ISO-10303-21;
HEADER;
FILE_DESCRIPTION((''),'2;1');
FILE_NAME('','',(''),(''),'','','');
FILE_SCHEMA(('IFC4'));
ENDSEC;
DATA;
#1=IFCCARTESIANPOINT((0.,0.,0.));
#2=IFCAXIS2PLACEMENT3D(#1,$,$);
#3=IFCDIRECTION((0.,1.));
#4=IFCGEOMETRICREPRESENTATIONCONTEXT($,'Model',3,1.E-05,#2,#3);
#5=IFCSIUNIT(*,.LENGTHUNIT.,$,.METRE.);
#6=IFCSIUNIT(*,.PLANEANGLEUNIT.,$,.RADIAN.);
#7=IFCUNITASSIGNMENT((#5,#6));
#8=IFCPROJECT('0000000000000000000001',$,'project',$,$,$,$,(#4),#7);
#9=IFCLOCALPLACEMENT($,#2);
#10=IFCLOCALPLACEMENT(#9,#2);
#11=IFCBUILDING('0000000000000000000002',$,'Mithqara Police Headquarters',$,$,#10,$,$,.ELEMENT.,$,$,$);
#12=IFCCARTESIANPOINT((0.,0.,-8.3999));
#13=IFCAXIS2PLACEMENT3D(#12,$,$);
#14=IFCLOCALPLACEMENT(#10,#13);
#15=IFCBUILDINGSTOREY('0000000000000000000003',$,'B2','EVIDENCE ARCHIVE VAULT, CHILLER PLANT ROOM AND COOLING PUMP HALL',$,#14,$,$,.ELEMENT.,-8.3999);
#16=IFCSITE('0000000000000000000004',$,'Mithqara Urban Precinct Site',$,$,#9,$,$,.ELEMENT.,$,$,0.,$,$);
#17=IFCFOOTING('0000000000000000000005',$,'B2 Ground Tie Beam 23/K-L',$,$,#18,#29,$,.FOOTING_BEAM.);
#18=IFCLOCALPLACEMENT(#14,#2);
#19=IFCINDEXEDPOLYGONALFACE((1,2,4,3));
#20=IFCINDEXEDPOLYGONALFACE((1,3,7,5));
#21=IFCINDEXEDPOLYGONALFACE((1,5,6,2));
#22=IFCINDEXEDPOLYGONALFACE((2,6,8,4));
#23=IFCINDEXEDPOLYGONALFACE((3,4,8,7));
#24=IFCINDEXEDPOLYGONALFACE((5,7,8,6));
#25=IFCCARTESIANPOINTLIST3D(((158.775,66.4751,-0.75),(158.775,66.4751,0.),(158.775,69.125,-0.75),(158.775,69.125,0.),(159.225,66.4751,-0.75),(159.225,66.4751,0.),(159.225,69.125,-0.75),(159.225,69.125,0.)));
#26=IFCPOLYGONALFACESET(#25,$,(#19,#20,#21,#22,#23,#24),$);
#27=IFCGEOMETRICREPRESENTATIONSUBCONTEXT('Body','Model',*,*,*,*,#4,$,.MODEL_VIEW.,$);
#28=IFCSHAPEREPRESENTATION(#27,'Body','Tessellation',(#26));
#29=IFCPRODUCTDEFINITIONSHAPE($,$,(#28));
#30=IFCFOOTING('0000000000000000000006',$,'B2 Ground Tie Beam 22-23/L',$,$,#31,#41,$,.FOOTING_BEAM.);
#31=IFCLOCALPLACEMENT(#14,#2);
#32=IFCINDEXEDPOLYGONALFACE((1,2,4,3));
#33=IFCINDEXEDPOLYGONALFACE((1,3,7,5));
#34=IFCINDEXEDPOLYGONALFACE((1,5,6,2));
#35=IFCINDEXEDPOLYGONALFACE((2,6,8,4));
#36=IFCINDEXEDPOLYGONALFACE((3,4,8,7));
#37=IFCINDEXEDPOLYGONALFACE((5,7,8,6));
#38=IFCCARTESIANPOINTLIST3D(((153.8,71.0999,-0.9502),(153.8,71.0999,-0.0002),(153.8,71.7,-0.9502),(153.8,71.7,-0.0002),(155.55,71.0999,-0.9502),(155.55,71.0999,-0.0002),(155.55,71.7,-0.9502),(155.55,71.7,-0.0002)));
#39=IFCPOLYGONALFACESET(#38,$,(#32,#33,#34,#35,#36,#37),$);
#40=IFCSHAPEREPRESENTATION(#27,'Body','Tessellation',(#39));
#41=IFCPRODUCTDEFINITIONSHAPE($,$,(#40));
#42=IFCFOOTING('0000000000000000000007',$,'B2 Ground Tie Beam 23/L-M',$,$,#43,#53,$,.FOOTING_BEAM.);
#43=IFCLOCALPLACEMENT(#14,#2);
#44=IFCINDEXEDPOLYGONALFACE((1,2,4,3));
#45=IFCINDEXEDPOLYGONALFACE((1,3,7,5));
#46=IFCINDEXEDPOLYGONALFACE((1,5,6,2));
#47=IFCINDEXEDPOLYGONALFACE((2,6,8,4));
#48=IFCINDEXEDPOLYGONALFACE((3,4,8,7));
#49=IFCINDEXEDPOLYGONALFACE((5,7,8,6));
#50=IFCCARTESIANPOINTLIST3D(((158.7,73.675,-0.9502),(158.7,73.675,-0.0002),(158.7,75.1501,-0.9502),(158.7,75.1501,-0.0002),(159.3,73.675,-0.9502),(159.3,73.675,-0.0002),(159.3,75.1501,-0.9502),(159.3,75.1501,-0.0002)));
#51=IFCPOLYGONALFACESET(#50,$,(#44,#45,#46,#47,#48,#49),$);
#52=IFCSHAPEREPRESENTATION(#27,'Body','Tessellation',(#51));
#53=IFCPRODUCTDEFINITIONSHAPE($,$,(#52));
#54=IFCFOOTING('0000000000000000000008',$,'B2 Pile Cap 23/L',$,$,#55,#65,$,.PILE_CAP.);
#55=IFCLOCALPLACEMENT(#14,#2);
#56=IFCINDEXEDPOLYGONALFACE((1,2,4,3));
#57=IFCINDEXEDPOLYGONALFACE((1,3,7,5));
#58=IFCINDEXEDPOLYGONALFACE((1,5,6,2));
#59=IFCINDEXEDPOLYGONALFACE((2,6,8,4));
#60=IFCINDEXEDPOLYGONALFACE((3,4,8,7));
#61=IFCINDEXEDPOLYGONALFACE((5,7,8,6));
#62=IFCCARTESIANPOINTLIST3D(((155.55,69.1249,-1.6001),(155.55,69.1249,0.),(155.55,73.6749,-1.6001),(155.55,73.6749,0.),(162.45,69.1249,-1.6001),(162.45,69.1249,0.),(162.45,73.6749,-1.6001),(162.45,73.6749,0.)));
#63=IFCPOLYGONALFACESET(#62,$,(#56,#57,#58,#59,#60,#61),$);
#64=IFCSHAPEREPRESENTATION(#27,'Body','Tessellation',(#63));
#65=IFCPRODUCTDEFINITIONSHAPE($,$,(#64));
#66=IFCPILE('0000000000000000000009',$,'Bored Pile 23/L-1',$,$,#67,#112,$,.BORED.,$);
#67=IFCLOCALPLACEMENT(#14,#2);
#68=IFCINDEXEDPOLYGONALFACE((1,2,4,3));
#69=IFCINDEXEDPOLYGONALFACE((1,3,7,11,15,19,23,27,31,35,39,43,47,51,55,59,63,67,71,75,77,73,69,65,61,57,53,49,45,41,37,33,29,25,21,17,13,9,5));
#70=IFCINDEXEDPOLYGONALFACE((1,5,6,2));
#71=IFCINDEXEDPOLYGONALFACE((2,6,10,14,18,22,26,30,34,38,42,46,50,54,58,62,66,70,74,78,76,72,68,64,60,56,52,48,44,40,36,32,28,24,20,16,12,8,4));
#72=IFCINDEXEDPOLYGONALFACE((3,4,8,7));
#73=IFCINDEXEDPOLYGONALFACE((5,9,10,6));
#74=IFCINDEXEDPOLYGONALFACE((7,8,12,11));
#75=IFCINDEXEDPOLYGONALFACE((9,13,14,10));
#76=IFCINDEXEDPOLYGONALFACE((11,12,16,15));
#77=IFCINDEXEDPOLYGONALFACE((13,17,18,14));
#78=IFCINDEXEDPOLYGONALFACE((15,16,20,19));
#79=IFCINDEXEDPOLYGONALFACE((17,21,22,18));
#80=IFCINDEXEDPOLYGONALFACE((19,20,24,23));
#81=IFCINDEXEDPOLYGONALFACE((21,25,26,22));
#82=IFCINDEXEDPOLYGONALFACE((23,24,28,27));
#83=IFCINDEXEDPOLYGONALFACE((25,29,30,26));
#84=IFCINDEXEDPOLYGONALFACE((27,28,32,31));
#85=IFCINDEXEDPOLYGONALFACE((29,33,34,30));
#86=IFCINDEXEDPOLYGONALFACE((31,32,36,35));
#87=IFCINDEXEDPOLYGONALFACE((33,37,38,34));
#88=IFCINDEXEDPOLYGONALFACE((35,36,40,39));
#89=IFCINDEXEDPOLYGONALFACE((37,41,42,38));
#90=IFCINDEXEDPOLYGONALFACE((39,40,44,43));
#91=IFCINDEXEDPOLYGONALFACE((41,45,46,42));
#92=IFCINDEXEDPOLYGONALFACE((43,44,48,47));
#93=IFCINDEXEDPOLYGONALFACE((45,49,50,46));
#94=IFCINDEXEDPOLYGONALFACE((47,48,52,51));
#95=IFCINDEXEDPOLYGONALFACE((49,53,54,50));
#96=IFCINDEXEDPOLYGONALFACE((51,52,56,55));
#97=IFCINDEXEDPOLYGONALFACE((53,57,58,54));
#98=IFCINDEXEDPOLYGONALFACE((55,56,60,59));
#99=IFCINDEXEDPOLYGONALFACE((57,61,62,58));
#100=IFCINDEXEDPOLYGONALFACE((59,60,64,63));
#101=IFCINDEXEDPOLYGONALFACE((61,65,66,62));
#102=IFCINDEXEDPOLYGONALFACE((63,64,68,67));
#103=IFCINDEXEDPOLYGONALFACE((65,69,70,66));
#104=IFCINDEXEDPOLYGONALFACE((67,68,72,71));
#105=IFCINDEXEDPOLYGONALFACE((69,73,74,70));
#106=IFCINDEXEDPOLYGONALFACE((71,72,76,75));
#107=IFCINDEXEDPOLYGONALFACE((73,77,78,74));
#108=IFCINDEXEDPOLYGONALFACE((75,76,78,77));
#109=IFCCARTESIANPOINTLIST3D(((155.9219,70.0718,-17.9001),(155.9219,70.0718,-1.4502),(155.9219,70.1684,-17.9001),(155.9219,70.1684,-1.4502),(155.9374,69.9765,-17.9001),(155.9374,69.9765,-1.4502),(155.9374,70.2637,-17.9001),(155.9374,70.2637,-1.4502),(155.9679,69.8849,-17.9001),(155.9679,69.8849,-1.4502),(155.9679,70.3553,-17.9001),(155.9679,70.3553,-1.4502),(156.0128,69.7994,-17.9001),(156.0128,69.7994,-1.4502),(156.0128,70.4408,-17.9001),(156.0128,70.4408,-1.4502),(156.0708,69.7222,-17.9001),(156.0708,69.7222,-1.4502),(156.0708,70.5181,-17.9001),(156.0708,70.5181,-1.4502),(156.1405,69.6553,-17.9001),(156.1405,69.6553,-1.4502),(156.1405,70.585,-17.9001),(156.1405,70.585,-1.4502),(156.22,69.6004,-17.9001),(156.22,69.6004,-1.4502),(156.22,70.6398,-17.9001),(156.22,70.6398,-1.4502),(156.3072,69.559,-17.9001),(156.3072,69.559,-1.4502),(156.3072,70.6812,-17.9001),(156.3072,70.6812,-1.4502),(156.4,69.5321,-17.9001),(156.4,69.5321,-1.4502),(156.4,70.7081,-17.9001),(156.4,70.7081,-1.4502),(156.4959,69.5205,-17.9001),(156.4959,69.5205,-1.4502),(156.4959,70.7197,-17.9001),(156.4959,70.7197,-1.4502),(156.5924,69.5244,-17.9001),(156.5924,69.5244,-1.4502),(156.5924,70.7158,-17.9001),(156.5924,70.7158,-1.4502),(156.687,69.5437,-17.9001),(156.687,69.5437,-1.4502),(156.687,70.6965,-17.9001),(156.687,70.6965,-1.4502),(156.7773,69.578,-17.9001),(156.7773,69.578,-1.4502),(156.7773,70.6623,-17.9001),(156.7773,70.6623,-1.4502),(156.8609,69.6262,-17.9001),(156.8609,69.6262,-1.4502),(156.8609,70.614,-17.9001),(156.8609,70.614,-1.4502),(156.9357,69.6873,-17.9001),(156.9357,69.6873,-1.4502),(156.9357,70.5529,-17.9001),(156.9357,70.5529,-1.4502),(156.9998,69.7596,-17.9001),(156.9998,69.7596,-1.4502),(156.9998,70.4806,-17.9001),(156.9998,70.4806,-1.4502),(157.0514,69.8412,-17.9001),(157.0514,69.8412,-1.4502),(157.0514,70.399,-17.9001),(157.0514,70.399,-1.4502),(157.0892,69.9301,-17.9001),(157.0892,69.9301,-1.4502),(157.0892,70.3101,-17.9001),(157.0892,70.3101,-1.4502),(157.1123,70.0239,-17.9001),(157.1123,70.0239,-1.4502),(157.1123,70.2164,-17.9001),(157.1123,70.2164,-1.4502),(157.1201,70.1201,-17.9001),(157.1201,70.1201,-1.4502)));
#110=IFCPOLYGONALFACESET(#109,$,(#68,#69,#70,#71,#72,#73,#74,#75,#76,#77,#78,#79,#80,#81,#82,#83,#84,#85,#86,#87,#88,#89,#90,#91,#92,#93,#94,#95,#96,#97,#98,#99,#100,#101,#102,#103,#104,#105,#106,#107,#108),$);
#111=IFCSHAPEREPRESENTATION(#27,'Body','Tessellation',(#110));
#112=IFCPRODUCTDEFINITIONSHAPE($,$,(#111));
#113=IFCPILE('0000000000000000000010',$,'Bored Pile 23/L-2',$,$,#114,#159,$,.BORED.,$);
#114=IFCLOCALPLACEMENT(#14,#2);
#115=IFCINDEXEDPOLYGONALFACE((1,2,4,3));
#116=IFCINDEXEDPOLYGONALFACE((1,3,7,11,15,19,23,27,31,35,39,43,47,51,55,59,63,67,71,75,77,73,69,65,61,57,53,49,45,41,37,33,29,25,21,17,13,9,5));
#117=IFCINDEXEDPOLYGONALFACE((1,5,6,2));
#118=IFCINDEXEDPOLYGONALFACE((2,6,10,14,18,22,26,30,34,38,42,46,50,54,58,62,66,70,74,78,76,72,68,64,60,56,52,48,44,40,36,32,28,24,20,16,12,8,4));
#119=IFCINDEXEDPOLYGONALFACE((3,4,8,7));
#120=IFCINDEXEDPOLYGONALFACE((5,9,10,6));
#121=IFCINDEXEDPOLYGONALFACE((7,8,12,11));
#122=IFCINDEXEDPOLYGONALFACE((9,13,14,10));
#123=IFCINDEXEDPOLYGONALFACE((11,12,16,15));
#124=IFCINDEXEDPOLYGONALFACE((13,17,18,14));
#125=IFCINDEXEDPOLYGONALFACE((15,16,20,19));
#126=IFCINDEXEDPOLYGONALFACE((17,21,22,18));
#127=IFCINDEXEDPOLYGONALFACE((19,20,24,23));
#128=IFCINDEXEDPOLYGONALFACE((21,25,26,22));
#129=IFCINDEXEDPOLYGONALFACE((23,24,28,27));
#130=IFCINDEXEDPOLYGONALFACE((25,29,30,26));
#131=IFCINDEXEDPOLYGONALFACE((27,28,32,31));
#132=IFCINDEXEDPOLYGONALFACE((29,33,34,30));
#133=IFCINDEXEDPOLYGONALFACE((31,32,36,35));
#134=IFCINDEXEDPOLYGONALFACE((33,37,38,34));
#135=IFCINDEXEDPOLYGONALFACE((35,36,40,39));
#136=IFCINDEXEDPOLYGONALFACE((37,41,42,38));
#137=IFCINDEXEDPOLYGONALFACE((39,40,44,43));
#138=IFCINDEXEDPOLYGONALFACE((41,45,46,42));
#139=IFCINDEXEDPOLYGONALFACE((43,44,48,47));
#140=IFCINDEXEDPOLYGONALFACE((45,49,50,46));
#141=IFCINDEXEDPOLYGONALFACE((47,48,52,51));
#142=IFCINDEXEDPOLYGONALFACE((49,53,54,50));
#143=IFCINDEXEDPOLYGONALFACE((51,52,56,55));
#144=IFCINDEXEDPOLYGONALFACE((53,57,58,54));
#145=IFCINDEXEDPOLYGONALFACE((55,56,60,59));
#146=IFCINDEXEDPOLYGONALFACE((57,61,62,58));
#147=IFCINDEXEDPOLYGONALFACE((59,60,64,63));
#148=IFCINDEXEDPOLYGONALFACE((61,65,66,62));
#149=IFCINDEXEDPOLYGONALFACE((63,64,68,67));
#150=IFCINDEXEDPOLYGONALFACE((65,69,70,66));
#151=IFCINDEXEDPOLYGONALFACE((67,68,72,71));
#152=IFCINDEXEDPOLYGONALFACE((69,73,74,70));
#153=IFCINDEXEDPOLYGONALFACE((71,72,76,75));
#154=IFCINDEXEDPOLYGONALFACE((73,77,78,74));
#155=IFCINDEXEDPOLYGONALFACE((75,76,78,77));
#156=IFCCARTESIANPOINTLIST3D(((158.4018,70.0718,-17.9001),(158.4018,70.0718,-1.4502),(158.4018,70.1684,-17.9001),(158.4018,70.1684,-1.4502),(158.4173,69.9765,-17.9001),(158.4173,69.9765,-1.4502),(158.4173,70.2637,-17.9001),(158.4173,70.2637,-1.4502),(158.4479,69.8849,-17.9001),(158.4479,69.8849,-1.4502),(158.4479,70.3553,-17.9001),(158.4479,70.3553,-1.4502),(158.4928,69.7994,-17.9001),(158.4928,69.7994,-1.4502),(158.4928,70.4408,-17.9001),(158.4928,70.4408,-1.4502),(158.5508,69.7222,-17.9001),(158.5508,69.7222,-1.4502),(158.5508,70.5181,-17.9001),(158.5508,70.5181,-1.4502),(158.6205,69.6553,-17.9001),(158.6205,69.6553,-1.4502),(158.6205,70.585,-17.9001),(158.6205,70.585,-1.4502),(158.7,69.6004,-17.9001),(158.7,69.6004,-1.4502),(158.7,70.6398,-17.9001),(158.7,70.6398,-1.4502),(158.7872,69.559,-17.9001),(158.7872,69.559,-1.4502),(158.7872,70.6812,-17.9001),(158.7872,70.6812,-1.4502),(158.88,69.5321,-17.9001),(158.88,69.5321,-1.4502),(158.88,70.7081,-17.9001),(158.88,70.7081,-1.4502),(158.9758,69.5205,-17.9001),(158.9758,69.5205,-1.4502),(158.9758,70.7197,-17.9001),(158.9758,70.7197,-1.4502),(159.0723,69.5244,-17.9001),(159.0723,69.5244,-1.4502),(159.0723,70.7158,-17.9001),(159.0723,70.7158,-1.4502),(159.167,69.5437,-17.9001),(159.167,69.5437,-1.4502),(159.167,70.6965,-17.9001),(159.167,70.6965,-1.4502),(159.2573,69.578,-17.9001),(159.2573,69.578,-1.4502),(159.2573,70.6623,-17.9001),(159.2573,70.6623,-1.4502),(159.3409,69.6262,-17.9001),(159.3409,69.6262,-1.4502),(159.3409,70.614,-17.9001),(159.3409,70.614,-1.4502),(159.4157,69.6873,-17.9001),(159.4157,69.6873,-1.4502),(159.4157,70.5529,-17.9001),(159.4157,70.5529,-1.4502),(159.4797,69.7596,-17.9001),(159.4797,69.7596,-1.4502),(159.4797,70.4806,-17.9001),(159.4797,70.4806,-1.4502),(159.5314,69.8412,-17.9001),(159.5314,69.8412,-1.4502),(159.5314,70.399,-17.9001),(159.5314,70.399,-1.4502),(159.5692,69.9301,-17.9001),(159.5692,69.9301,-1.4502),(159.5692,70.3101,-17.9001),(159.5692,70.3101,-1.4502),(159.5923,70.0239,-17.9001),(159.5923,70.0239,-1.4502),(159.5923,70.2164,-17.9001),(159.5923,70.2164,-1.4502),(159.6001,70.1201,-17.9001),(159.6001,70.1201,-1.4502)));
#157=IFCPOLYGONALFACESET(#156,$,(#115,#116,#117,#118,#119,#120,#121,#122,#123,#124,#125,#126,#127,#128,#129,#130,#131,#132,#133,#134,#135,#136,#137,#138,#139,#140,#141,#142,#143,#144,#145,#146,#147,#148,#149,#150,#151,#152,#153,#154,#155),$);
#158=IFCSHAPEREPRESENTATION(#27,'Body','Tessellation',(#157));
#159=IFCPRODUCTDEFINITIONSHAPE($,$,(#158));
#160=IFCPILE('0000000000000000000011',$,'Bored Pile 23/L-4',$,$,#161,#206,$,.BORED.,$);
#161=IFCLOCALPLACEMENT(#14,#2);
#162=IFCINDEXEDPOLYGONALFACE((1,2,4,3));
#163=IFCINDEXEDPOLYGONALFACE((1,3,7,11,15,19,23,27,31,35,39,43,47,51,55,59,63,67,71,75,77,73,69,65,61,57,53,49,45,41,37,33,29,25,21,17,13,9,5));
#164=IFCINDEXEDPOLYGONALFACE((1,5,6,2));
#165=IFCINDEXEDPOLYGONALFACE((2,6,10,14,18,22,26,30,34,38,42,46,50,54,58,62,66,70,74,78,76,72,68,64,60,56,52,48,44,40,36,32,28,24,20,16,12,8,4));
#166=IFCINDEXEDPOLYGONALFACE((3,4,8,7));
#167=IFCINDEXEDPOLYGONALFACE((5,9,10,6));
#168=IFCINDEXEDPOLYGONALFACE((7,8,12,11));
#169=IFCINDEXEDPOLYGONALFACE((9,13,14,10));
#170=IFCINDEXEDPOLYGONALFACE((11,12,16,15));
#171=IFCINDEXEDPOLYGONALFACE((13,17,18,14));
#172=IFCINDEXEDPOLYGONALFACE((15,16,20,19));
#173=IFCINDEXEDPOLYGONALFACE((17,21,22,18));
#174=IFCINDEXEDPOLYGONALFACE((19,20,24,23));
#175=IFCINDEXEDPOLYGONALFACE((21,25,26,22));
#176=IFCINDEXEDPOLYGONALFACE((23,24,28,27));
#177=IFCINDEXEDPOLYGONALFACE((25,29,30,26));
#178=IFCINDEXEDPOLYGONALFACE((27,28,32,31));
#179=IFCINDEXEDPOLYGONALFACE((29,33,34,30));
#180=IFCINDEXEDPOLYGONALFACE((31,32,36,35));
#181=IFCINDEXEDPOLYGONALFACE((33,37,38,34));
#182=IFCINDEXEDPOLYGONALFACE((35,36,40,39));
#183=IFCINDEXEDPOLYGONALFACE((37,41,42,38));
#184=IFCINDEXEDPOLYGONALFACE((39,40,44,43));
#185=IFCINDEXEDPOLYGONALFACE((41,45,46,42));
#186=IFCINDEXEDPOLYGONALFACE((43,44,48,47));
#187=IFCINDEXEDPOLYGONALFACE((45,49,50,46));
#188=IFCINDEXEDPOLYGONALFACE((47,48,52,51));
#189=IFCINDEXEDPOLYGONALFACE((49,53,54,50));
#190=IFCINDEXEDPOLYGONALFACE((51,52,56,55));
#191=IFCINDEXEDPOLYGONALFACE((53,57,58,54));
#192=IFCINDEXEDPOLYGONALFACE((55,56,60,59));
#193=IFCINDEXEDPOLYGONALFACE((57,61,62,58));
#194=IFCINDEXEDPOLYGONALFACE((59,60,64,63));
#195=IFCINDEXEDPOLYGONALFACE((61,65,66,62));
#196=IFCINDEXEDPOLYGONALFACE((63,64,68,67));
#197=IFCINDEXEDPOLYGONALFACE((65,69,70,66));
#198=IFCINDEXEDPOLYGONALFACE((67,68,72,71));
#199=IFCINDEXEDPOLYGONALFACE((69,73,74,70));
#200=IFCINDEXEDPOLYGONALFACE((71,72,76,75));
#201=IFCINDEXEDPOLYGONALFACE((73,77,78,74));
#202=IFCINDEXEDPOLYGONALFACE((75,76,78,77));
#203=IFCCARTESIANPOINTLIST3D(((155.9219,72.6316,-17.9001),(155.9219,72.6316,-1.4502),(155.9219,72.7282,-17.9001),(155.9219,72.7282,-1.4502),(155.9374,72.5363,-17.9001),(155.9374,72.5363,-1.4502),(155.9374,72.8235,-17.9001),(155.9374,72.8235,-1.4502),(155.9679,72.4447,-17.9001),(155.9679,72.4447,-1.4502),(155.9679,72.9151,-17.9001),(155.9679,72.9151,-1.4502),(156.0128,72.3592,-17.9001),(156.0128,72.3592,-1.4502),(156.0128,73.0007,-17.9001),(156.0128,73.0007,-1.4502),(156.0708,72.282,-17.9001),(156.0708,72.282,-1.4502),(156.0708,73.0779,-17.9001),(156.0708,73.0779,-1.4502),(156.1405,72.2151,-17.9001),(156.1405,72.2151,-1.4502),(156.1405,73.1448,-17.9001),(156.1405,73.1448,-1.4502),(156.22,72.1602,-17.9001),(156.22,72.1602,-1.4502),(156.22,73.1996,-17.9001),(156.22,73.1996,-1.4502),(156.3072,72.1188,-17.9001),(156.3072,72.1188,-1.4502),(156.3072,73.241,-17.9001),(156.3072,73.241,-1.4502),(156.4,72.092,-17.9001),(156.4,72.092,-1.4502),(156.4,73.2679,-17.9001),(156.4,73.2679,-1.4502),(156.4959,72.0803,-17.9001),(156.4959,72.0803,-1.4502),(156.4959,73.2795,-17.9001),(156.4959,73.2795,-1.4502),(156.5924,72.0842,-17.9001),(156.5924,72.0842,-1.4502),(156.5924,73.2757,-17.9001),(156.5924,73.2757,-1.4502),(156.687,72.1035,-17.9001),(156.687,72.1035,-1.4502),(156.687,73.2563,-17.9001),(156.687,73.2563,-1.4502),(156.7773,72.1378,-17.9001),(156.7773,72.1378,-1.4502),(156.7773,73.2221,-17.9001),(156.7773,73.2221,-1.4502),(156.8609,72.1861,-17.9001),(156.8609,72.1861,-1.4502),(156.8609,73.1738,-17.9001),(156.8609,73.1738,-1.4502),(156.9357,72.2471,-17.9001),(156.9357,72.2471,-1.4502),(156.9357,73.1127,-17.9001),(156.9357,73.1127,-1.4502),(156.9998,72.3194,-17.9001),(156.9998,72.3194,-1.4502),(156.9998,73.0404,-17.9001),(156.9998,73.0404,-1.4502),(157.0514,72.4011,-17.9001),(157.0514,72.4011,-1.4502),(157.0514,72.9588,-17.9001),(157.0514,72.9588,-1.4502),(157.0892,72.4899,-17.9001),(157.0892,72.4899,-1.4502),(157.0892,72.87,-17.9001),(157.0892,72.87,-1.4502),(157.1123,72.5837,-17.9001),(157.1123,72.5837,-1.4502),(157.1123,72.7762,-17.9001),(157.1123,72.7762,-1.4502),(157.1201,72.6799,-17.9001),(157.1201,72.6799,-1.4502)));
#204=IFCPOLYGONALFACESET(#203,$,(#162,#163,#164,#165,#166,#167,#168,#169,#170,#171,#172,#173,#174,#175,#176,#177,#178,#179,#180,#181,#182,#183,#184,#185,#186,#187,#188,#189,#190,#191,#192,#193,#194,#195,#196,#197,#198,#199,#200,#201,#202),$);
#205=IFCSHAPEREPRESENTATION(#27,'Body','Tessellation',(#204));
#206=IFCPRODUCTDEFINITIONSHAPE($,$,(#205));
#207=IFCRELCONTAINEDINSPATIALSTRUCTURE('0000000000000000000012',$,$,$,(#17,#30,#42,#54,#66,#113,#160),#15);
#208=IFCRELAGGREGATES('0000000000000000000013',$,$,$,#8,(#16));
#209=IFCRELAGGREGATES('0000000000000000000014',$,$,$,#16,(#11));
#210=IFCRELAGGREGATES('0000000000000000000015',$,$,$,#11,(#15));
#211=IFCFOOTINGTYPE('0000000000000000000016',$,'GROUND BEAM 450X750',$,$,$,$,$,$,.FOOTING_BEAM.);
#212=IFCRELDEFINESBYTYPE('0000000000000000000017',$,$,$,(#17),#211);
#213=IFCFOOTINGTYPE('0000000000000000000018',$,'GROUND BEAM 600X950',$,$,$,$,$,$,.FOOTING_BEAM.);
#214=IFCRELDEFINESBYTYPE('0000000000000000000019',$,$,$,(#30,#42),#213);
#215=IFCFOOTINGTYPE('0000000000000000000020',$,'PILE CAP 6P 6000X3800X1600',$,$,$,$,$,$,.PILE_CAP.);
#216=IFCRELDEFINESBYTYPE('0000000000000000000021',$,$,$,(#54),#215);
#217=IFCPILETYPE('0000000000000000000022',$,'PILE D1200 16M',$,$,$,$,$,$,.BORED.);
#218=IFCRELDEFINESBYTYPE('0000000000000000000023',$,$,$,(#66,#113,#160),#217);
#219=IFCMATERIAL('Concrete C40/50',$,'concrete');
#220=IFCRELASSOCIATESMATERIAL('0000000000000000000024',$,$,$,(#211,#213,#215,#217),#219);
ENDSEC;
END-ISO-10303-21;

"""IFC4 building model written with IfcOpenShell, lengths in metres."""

from ifc_helpers import new_model, si_unit, direction, frame, origin, origin_2d, place, context, subcontext, project, spatial, rectangle, circle, extrude, material, material_profile, profile_set, type_object, element, save


model = new_model("IFC4")

# Units and contexts
model_context = context("Model", 3, precision=1e-05, world=origin(), true_north=direction((0.0, 1.0)))
body_context = subcontext(model_context, "Body", "Model", "MODEL_VIEW")
ifc_project = project(units=[si_unit("LENGTHUNIT", "METRE"), si_unit("PLANEANGLEUNIT", "RADIAN")], contexts=[model_context])

# Site, building, storey
site_placement = place(None, origin())
site = spatial("IfcSite", under=ifc_project, at=site_placement, Name="Mithqara Urban Precinct Site", CompositionType="ELEMENT", RefElevation=0.0)
building_placement = place(site_placement, origin())
building = spatial("IfcBuilding", under=site, at=building_placement, Name="Mithqara Police Headquarters", CompositionType="ELEMENT")
storey_placement = place(building_placement, frame((0.0, 0.0, -8.3999)))
storey = spatial("IfcBuildingStorey", under=building, at=storey_placement, Name="B2", Description="EVIDENCE ARCHIVE VAULT, CHILLER PLANT ROOM AND COOLING PUMP HALL", CompositionType="ELEMENT", Elevation=-8.3999)

# Footings
ifc_material_1 = material(Name="Concrete C40/50", Category="concrete")
footing_type_1 = type_object("IfcFootingType", Name="GROUND BEAM 450X750", PredefinedType="FOOTING_BEAM", material=ifc_material_1)
footing_1_placement = place(storey_placement, frame((159.0, 67.8, -0.75), z_axis=(0.0, 0.0, 1.0), x_axis=(1.0, 0.0, 0.0)))
element("IfcFooting", 1, at=footing_1_placement, inside=storey, type_object=footing_type_1, Name="B2 Ground Tie Beam 23/K-L", PredefinedType="FOOTING_BEAM", context=body_context, shape_type="SweptSolid", body=[
    extrude(rectangle(XDim=0.45, YDim=2.6499, at=origin_2d()), origin(), (0.0, 0.0, 1.0), 0.75),
])
footing_type_2 = type_object("IfcFootingType", Name="GROUND BEAM 600X950", PredefinedType="FOOTING_BEAM", material=ifc_material_1)
footing_2_placement = place(storey_placement, frame((154.675, 71.3999, -0.9502), z_axis=(0.0, 0.0, 1.0), x_axis=(1.0, 0.0, 0.0)))
element("IfcFooting", 2, at=footing_2_placement, inside=storey, type_object=footing_type_2, Name="B2 Ground Tie Beam 22-23/L", PredefinedType="FOOTING_BEAM", context=body_context, shape_type="SweptSolid", body=[
    extrude(rectangle(XDim=1.75, YDim=0.6001, at=origin_2d()), origin(), (0.0, 0.0, 1.0), 0.95),
])
footing_3_placement = place(storey_placement, frame((159.0, 74.4126, -0.9502), z_axis=(0.0, 0.0, 1.0), x_axis=(1.0, 0.0, 0.0)))
element("IfcFooting", 3, at=footing_3_placement, inside=storey, type_object=footing_type_2, Name="B2 Ground Tie Beam 23/L-M", PredefinedType="FOOTING_BEAM", context=body_context, shape_type="SweptSolid", body=[
    extrude(rectangle(XDim=0.6001, YDim=1.4751, at=origin_2d()), origin(), (0.0, 0.0, 1.0), 0.95),
])
footing_type_3 = type_object("IfcFootingType", Name="PILE CAP 6P 6000X3800X1600", PredefinedType="PILE_CAP", material=ifc_material_1)
footing_4_placement = place(storey_placement, frame((159.0, 71.3999, -1.6001), z_axis=(0.0, 0.0, 1.0), x_axis=(1.0, 0.0, 0.0)))
element("IfcFooting", 4, at=footing_4_placement, inside=storey, type_object=footing_type_3, Name="B2 Pile Cap 23/L", PredefinedType="PILE_CAP", context=body_context, shape_type="SweptSolid", body=[
    extrude(rectangle(XDim=6.8999, YDim=4.55, at=origin_2d()), origin(), (0.0, 0.0, 1.0), 1.6001),
])

# Piles
ifc_material_profile_1 = material_profile(ifc_material_1, circle(Radius=0.6001, at=origin_2d()), Name="PILE D1200")
ifc_profile_set_1 = profile_set([ifc_material_profile_1], Name="Concrete C40/50")
pile_type_1 = type_object("IfcPileType", Name="PILE D1200 16M", PredefinedType="BORED", material=ifc_profile_set_1)
for number, where, z_axis, x_axis, name in (
    (5, (156.52, 70.1201, -1.4502), (0.0, 0.0, -1.0), (1.0, 0.0, 0.0), "Bored Pile 23/L-1"),
    (6, (159.0, 70.1201, -1.4502), (0.0, 0.0, -1.0), (1.0, 0.0, 0.0), "Bored Pile 23/L-2"),
    (7, (156.52, 72.6799, -1.4502), (0.0, 0.0, -1.0), (1.0, 0.0, 0.0), "Bored Pile 23/L-4"),
):
    element("IfcPile", number, at=place(storey_placement, frame(where, z_axis=z_axis, x_axis=x_axis)), inside=storey, type_object=pile_type_1, Name=name, PredefinedType="BORED", context=body_context, shape_type="SweptSolid", body=[
        extrude(circle(Radius=0.6001, at=origin_2d()), origin(), (0.0, 0.0, 1.0), 16.45),
    ])

save(model, "model.ifc")
